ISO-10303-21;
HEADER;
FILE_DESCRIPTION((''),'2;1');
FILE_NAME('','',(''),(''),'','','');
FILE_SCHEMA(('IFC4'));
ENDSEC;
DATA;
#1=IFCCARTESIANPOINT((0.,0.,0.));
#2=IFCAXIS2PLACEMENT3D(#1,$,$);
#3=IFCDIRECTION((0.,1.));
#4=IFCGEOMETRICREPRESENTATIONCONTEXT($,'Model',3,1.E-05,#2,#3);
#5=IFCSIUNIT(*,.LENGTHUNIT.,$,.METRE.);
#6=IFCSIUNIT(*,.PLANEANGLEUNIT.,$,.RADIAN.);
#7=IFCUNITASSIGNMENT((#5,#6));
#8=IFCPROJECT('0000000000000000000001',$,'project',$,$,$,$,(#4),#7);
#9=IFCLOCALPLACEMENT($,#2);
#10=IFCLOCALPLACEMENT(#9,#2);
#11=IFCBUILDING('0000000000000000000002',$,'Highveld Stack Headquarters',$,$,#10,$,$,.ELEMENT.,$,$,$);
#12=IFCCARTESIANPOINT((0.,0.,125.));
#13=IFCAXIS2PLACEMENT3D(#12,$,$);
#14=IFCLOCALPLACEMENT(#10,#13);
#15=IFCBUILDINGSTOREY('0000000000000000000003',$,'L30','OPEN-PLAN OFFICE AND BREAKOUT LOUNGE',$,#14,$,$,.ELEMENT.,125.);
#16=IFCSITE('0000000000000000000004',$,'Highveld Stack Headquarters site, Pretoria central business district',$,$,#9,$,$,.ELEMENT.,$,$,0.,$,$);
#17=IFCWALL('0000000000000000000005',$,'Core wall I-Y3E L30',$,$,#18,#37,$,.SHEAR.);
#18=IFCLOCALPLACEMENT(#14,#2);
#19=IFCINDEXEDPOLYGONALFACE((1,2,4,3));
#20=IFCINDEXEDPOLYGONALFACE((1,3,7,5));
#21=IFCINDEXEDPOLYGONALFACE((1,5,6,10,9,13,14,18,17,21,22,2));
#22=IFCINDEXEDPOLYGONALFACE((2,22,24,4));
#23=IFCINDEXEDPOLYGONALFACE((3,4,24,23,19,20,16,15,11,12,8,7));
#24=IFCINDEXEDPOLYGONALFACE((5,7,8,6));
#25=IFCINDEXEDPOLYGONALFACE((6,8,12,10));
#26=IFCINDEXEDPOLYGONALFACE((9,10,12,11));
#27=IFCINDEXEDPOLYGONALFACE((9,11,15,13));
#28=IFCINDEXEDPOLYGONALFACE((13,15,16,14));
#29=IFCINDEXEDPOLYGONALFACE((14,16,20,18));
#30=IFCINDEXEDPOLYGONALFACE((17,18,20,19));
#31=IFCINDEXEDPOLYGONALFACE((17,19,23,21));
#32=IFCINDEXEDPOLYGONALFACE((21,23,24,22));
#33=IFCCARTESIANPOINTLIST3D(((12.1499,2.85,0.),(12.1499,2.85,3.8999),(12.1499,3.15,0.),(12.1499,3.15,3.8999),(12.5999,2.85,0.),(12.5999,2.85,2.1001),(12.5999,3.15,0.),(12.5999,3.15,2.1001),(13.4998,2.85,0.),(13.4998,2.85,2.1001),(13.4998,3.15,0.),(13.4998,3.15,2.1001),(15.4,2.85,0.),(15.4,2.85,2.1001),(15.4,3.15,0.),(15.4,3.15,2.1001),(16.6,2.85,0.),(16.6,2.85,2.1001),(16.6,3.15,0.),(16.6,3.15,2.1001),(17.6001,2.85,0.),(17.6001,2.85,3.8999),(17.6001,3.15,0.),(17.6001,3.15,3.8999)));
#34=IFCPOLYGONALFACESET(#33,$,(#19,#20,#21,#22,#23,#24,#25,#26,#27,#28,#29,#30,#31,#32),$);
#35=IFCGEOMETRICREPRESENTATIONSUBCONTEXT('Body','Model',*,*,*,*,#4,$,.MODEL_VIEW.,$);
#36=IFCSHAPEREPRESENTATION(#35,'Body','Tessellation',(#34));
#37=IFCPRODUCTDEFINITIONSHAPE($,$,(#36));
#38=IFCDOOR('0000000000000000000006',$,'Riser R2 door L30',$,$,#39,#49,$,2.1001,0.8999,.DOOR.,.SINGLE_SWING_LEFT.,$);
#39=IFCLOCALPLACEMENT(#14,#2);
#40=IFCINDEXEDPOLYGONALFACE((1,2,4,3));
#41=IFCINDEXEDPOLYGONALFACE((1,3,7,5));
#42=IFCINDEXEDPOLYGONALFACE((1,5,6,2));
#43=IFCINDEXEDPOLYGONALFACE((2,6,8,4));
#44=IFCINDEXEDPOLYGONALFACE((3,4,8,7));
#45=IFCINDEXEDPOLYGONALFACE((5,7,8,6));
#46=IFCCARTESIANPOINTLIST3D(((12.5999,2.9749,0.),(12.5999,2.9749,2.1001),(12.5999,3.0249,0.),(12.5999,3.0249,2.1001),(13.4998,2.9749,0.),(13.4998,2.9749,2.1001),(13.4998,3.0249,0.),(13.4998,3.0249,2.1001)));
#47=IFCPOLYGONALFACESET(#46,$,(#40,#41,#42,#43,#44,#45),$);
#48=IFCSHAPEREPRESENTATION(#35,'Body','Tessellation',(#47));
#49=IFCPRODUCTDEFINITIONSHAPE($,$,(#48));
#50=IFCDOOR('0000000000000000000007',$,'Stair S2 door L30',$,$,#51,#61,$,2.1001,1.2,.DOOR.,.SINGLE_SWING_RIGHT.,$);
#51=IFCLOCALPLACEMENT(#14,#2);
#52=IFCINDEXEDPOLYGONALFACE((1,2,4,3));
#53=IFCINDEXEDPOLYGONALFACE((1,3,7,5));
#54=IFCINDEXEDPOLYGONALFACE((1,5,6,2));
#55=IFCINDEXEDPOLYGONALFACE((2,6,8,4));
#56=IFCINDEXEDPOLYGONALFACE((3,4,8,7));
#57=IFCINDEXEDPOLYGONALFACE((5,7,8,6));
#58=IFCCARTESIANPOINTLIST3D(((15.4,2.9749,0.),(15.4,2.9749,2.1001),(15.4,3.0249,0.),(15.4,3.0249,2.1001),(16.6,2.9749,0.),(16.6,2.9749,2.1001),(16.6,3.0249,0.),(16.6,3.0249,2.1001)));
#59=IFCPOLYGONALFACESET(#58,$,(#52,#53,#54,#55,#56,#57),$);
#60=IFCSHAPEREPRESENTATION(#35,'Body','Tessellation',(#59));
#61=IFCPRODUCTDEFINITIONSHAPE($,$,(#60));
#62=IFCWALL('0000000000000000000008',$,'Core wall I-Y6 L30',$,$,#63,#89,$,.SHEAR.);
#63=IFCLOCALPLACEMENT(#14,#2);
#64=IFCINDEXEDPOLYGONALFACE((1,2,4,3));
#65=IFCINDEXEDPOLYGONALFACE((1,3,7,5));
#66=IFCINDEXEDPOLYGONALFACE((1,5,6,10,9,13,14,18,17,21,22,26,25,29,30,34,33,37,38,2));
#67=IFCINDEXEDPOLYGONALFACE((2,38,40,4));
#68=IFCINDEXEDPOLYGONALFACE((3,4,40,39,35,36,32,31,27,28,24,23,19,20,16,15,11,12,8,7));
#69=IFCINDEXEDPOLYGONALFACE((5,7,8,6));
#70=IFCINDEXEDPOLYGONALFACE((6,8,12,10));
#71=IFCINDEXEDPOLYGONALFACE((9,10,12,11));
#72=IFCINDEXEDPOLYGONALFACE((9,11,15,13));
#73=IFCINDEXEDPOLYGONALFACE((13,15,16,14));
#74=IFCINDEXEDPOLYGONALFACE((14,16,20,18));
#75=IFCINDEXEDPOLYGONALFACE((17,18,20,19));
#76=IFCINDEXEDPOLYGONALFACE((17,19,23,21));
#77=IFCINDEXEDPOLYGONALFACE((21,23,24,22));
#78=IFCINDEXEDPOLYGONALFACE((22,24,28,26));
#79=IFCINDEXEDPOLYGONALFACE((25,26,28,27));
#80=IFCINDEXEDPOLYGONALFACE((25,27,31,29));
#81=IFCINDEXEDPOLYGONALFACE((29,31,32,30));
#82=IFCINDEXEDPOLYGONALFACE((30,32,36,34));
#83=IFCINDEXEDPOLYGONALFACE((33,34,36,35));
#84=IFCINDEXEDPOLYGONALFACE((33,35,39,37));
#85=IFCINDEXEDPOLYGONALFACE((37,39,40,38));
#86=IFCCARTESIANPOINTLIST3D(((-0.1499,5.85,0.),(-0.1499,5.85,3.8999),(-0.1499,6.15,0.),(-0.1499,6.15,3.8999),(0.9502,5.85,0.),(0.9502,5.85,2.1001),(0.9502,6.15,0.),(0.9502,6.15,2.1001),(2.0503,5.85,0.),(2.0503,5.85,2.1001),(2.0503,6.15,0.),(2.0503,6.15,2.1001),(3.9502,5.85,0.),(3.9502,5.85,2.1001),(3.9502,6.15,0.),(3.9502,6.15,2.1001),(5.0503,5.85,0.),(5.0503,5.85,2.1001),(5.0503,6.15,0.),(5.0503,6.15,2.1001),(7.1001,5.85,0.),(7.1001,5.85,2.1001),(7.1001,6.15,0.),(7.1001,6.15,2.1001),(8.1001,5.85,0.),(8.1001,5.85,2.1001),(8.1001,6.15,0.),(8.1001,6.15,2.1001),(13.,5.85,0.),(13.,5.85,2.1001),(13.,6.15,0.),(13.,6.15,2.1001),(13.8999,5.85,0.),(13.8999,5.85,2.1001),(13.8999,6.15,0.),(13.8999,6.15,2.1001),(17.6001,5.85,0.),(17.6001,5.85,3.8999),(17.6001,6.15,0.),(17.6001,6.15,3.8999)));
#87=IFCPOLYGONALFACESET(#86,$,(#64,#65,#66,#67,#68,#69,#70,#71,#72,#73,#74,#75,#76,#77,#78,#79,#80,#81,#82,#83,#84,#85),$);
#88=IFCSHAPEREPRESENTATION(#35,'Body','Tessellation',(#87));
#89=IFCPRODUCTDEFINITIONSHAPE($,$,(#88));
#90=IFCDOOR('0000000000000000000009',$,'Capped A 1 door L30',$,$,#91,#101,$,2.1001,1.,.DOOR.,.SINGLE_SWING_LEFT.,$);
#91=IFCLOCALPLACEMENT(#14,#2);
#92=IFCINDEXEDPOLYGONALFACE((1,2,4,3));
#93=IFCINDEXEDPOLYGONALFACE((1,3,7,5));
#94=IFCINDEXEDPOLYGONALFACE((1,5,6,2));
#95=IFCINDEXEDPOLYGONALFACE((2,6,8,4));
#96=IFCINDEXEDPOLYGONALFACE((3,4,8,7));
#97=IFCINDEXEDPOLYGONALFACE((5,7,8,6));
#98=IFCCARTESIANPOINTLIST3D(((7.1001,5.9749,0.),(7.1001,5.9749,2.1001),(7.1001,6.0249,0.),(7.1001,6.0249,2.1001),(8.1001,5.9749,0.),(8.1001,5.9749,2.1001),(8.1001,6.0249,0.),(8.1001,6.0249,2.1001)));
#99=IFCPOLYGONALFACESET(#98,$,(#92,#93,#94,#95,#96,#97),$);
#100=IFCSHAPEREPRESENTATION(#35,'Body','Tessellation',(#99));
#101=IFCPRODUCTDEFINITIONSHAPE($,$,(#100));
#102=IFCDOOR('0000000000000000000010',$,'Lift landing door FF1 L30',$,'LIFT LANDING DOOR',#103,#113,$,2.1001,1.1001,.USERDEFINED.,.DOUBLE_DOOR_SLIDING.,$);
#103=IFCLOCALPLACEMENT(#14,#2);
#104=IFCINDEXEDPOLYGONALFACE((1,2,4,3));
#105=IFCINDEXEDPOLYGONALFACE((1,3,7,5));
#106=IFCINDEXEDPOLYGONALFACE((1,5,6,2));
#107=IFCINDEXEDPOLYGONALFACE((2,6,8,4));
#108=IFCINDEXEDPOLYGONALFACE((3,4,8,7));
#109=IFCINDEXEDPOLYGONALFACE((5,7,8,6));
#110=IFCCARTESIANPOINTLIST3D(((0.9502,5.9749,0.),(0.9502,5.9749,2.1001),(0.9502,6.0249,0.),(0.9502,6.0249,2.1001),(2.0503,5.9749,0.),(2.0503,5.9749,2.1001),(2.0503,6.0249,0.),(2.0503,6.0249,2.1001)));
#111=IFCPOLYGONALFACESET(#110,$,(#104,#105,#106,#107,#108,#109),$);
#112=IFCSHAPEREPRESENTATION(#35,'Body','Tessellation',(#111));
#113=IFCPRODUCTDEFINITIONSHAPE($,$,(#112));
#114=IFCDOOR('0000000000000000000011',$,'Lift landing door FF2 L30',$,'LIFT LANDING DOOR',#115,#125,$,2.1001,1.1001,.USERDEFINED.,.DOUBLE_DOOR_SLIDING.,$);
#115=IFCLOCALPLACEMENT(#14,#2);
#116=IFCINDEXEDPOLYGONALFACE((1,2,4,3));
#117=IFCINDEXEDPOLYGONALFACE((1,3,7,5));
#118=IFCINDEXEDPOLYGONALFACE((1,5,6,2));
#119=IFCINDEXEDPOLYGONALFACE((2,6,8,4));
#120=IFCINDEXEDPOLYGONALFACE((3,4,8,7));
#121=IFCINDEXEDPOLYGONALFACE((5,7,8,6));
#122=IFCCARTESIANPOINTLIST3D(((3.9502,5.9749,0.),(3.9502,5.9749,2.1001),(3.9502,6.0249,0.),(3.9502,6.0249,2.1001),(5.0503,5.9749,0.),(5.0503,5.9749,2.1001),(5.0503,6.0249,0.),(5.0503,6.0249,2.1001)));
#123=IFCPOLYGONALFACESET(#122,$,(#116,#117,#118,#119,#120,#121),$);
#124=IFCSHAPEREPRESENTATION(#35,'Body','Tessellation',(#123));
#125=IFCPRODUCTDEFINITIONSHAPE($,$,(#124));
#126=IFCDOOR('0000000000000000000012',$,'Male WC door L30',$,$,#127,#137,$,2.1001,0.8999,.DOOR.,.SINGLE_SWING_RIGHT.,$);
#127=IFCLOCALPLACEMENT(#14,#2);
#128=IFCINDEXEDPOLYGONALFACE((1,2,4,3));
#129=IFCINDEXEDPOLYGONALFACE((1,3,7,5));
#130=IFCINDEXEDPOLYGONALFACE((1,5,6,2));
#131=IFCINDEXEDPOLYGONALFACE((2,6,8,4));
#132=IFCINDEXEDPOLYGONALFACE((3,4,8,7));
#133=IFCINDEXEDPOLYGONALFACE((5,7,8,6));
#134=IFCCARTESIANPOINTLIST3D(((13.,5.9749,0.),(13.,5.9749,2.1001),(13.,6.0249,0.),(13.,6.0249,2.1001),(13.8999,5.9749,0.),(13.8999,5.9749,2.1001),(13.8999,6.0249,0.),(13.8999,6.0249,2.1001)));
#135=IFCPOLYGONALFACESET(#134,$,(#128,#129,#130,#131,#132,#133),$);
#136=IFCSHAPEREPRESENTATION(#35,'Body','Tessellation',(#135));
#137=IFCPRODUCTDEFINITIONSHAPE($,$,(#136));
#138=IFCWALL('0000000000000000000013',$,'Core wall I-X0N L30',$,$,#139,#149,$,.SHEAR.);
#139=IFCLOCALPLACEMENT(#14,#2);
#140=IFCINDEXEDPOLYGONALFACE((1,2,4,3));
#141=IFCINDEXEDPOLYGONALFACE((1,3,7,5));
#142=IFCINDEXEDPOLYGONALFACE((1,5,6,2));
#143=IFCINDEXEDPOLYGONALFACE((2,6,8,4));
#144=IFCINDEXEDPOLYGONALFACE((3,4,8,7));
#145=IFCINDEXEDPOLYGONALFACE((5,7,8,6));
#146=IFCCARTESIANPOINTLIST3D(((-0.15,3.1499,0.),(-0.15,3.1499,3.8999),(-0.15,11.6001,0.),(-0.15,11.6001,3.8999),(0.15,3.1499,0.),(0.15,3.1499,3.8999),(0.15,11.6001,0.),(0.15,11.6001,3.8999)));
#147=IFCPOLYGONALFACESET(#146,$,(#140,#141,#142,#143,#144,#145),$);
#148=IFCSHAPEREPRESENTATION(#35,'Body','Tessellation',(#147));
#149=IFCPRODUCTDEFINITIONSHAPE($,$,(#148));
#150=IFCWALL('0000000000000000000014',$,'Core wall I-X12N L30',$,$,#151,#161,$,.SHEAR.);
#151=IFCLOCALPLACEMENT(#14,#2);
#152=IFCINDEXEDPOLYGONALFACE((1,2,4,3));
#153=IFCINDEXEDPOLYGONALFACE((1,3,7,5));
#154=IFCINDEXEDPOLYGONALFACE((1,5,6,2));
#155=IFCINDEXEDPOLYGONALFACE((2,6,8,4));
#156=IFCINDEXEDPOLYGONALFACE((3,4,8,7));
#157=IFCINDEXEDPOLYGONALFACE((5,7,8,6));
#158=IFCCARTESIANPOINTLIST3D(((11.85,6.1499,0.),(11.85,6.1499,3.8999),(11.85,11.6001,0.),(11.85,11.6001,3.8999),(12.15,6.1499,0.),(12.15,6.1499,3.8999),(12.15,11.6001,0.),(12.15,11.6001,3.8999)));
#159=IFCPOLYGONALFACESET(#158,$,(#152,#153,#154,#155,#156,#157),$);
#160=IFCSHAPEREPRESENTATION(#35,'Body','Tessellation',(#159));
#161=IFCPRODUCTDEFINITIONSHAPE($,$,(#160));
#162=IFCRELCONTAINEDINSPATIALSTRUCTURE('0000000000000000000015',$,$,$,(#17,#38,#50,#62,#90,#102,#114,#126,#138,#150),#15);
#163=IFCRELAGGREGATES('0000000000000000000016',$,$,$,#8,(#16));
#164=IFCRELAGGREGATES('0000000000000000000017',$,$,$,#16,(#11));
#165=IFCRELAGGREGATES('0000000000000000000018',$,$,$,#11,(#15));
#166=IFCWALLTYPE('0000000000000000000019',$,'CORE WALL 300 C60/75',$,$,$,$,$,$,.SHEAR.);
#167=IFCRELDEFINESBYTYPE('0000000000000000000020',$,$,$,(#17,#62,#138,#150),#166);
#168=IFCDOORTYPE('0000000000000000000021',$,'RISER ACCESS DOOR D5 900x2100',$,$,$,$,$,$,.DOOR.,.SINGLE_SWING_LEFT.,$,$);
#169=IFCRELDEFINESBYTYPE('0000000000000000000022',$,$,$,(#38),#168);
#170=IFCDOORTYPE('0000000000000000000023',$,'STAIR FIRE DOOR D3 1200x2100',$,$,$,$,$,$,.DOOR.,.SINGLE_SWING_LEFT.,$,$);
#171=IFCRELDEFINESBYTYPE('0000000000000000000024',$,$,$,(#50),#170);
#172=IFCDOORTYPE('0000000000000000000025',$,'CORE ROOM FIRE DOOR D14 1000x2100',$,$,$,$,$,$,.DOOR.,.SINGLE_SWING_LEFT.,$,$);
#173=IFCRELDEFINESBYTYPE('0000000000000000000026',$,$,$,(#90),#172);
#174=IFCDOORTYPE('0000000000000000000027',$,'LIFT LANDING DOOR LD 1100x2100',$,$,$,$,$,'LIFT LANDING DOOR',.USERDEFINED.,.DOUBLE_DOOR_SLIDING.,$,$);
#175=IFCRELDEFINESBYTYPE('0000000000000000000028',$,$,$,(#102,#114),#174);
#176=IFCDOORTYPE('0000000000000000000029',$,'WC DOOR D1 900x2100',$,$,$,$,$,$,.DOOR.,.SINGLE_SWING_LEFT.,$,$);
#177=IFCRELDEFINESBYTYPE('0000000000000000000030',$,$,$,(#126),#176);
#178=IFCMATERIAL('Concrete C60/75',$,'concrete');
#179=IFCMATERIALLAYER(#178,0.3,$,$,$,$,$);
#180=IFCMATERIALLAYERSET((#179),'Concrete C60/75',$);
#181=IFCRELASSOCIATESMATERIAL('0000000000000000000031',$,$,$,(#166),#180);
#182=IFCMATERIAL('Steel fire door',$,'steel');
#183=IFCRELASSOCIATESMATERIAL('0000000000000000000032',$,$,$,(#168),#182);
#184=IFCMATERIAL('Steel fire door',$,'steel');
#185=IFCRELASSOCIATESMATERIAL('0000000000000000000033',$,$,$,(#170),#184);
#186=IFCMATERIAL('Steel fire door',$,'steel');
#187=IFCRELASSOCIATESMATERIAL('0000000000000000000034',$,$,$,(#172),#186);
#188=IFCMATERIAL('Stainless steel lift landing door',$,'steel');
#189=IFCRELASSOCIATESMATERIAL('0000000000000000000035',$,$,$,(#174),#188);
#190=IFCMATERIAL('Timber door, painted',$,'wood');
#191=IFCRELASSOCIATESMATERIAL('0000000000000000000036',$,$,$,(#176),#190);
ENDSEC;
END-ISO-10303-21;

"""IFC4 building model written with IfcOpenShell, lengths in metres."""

from ifc_helpers import new_model, si_unit, direction, frame, frame_2d, origin, place, context, subcontext, project, spatial, rectangle, extrude, material, layer, layer_set, type_object, element, fill, save


model = new_model("IFC4")

# Units and contexts
model_context = context("Model", 3, precision=1e-05, world=origin(), true_north=direction((0.0, 1.0)))
body_context = subcontext(model_context, "Body", "Model", "MODEL_VIEW")
ifc_project = project(units=[si_unit("LENGTHUNIT", "METRE"), si_unit("PLANEANGLEUNIT", "RADIAN")], contexts=[model_context])

# Site, building, storey
site_placement = place(None, origin())
site = spatial("IfcSite", under=ifc_project, at=site_placement, Name="Highveld Stack Headquarters site, Pretoria central business district", CompositionType="ELEMENT", RefElevation=0.0)
building_placement = place(site_placement, origin())
building = spatial("IfcBuilding", under=site, at=building_placement, Name="Highveld Stack Headquarters", CompositionType="ELEMENT")
storey_placement = place(building_placement, frame((0.0, 0.0, 125.0)))
storey = spatial("IfcBuildingStorey", under=building, at=storey_placement, Name="L30", Description="OPEN-PLAN OFFICE AND BREAKOUT LOUNGE", CompositionType="ELEMENT", Elevation=125.0)

# Walls, openings, doors
ifc_material_1 = material(Name="Concrete C60/75", Category="concrete")
ifc_layer_1 = layer(ifc_material_1, 0.3)
ifc_layer_set_1 = layer_set([ifc_layer_1], Name="Concrete C60/75")
wall_type_1 = type_object("IfcWallType", Name="CORE WALL 300 C60/75", PredefinedType="SHEAR", material=ifc_layer_set_1)
wall_1_placement = place(storey_placement, frame((12.1499, 3.0, 0.0), z_axis=(0.0, 0.0, 1.0), x_axis=(1.0, 0.0, 0.0)))
wall_1 = element("IfcWall", 1, at=wall_1_placement, inside=storey, type_object=wall_type_1, Name="Core wall I-Y3E L30", PredefinedType="SHEAR", context=body_context, shape_type="SweptSolid", body=[
    extrude(rectangle(XDim=5.4502, YDim=0.3, at=frame_2d((2.7251, 0.0))), origin(), (0.0, 0.0, 1.0), 3.8999),
])
opening_1_placement = place(wall_1_placement, frame((3.25, 0.0, 0.0)))
opening_1 = element("IfcOpeningElement", 2, at=opening_1_placement, cuts=wall_1, PredefinedType="OPENING", context=body_context, shape_type="SweptSolid", body=[
    extrude(rectangle(XDim=1.2, YDim=2.1001, at=frame_2d((0.6001, 1.05))), frame((0.0, 0.1599, 0.0), z_axis=(0.0, -1.0, 0.0), x_axis=(1.0, 0.0, 0.0)), (0.0, 0.0, 1.0), 0.3201),
])
opening_2_placement = place(wall_1_placement, frame((0.45, 0.0, 0.0)))
opening_2 = element("IfcOpeningElement", 3, at=opening_2_placement, cuts=wall_1, PredefinedType="OPENING", context=body_context, shape_type="SweptSolid", body=[
    extrude(rectangle(XDim=0.8999, YDim=2.1001, at=frame_2d((0.45, 1.05))), frame((0.0, 0.1599, 0.0), z_axis=(0.0, -1.0, 0.0), x_axis=(1.0, 0.0, 0.0)), (0.0, 0.0, 1.0), 0.3201),
])
ifc_material_2 = material(Name="Steel fire door", Category="steel")
door_type_1 = type_object("IfcDoorType", Name="RISER ACCESS DOOR D5 900x2100", OperationType="SINGLE_SWING_LEFT", PredefinedType="DOOR", material=ifc_material_2)
door_1_placement = place(opening_2_placement, origin())
door_1 = element("IfcDoor", 4, at=door_1_placement, inside=storey, type_object=door_type_1, Name="Riser R2 door L30", OperationType="SINGLE_SWING_LEFT", OverallHeight=2.1001, OverallWidth=0.8999, PredefinedType="DOOR", context=body_context, shape_type="SweptSolid", body=[
    extrude(rectangle(XDim=0.8999, YDim=2.1001, at=frame_2d((0.45, 1.05))), frame((0.0, 0.0249, 0.0), z_axis=(0.0, -1.0, 0.0), x_axis=(1.0, 0.0, 0.0)), (0.0, 0.0, 1.0), 0.05),
])
fill(opening_2, door_1)
ifc_material_3 = material(Name="Steel fire door", Category="steel")
door_type_2 = type_object("IfcDoorType", Name="STAIR FIRE DOOR D3 1200x2100", OperationType="SINGLE_SWING_LEFT", PredefinedType="DOOR", material=ifc_material_3)
door_2_placement = place(opening_1_placement, origin())
door_2 = element("IfcDoor", 5, at=door_2_placement, inside=storey, type_object=door_type_2, Name="Stair S2 door L30", OperationType="SINGLE_SWING_RIGHT", OverallHeight=2.1001, OverallWidth=1.2, PredefinedType="DOOR", context=body_context, shape_type="SweptSolid", body=[
    extrude(rectangle(XDim=1.2, YDim=2.1001, at=frame_2d((0.6001, 1.05))), frame((0.0, 0.0249, 0.0), z_axis=(0.0, -1.0, 0.0), x_axis=(1.0, 0.0, 0.0)), (0.0, 0.0, 1.0), 0.05),
])
fill(opening_1, door_2)
wall_2_placement = place(storey_placement, frame((-0.1499, 6.0, 0.0), z_axis=(0.0, 0.0, 1.0), x_axis=(1.0, 0.0, 0.0)))
wall_2 = element("IfcWall", 6, at=wall_2_placement, inside=storey, type_object=wall_type_1, Name="Core wall I-Y6 L30", PredefinedType="SHEAR", context=body_context, shape_type="SweptSolid", body=[
    extrude(rectangle(XDim=17.75, YDim=0.3, at=frame_2d((8.875, 0.0))), origin(), (0.0, 0.0, 1.0), 3.8999),
])
opening_3_placement = place(wall_2_placement, frame((13.1499, 0.0, 0.0)))
opening_3 = element("IfcOpeningElement", 7, at=opening_3_placement, cuts=wall_2, PredefinedType="OPENING", context=body_context, shape_type="SweptSolid", body=[
    extrude(rectangle(XDim=0.8999, YDim=2.1001, at=frame_2d((0.45, 1.05))), frame((0.0, 0.1599, 0.0), z_axis=(0.0, -1.0, 0.0), x_axis=(1.0, 0.0, 0.0)), (0.0, 0.0, 1.0), 0.3201),
])
opening_4_placement = place(wall_2_placement, frame((7.25, 0.0, 0.0)))
opening_4 = element("IfcOpeningElement", 8, at=opening_4_placement, cuts=wall_2, PredefinedType="OPENING", context=body_context, shape_type="SweptSolid", body=[
    extrude(rectangle(XDim=1.0, YDim=2.1001, at=frame_2d((0.5, 1.05))), frame((0.0, 0.1599, 0.0), z_axis=(0.0, -1.0, 0.0), x_axis=(1.0, 0.0, 0.0)), (0.0, 0.0, 1.0), 0.3201),
])
opening_5_placement = place(wall_2_placement, frame((1.1001, 0.0, 0.0)))
opening_5 = element("IfcOpeningElement", 9, at=opening_5_placement, cuts=wall_2, PredefinedType="OPENING", context=body_context, shape_type="SweptSolid", body=[
    extrude(rectangle(XDim=1.1001, YDim=2.1001, at=frame_2d((0.55, 1.05))), frame((0.0, 0.1599, 0.0), z_axis=(0.0, -1.0, 0.0), x_axis=(1.0, 0.0, 0.0)), (0.0, 0.0, 1.0), 0.3201),
])
opening_6_placement = place(wall_2_placement, frame((4.1001, 0.0, 0.0)))
opening_6 = element("IfcOpeningElement", 10, at=opening_6_placement, cuts=wall_2, PredefinedType="OPENING", context=body_context, shape_type="SweptSolid", body=[
    extrude(rectangle(XDim=1.1001, YDim=2.1001, at=frame_2d((0.55, 1.05))), frame((0.0, 0.1599, 0.0), z_axis=(0.0, -1.0, 0.0), x_axis=(1.0, 0.0, 0.0)), (0.0, 0.0, 1.0), 0.3201),
])
ifc_material_4 = material(Name="Steel fire door", Category="steel")
door_type_3 = type_object("IfcDoorType", Name="CORE ROOM FIRE DOOR D14 1000x2100", OperationType="SINGLE_SWING_LEFT", PredefinedType="DOOR", material=ifc_material_4)
door_3_placement = place(opening_4_placement, origin())
door_3 = element("IfcDoor", 11, at=door_3_placement, inside=storey, type_object=door_type_3, Name="Capped A 1 door L30", OperationType="SINGLE_SWING_LEFT", OverallHeight=2.1001, OverallWidth=1.0, PredefinedType="DOOR", context=body_context, shape_type="SweptSolid", body=[
    extrude(rectangle(XDim=1.0, YDim=2.1001, at=frame_2d((0.5, 1.05))), frame((0.0, 0.0249, 0.0), z_axis=(0.0, -1.0, 0.0), x_axis=(1.0, 0.0, 0.0)), (0.0, 0.0, 1.0), 0.05),
])
fill(opening_4, door_3)
ifc_material_5 = material(Name="Stainless steel lift landing door", Category="steel")
door_type_4 = type_object("IfcDoorType", Name="LIFT LANDING DOOR LD 1100x2100", ElementType="LIFT LANDING DOOR", OperationType="DOUBLE_DOOR_SLIDING", PredefinedType="USERDEFINED", material=ifc_material_5)
door_4_placement = place(opening_5_placement, origin())
door_4 = element("IfcDoor", 12, at=door_4_placement, inside=storey, type_object=door_type_4, Name="Lift landing door FF1 L30", ObjectType="LIFT LANDING DOOR", OperationType="DOUBLE_DOOR_SLIDING", OverallHeight=2.1001, OverallWidth=1.1001, PredefinedType="USERDEFINED", context=body_context, shape_type="SweptSolid", body=[
    extrude(rectangle(XDim=1.1001, YDim=2.1001, at=frame_2d((0.55, 1.05))), frame((0.0, 0.0249, 0.0), z_axis=(0.0, -1.0, 0.0), x_axis=(1.0, 0.0, 0.0)), (0.0, 0.0, 1.0), 0.05),
])
fill(opening_5, door_4)
door_5_placement = place(opening_6_placement, origin())
door_5 = element("IfcDoor", 13, at=door_5_placement, inside=storey, type_object=door_type_4, Name="Lift landing door FF2 L30", ObjectType="LIFT LANDING DOOR", OperationType="DOUBLE_DOOR_SLIDING", OverallHeight=2.1001, OverallWidth=1.1001, PredefinedType="USERDEFINED", context=body_context, shape_type="SweptSolid", body=[
    extrude(rectangle(XDim=1.1001, YDim=2.1001, at=frame_2d((0.55, 1.05))), frame((0.0, 0.0249, 0.0), z_axis=(0.0, -1.0, 0.0), x_axis=(1.0, 0.0, 0.0)), (0.0, 0.0, 1.0), 0.05),
])
fill(opening_6, door_5)
ifc_material_6 = material(Name="Timber door, painted", Category="wood")
door_type_5 = type_object("IfcDoorType", Name="WC DOOR D1 900x2100", OperationType="SINGLE_SWING_LEFT", PredefinedType="DOOR", material=ifc_material_6)
door_6_placement = place(opening_3_placement, origin())
door_6 = element("IfcDoor", 14, at=door_6_placement, inside=storey, type_object=door_type_5, Name="Male WC door L30", OperationType="SINGLE_SWING_RIGHT", OverallHeight=2.1001, OverallWidth=0.8999, PredefinedType="DOOR", context=body_context, shape_type="SweptSolid", body=[
    extrude(rectangle(XDim=0.8999, YDim=2.1001, at=frame_2d((0.45, 1.05))), frame((0.0, 0.0249, 0.0), z_axis=(0.0, -1.0, 0.0), x_axis=(1.0, 0.0, 0.0)), (0.0, 0.0, 1.0), 0.05),
])
fill(opening_3, door_6)

# Walls
wall_3_placement = place(storey_placement, frame((0.0, 3.1499, 0.0), z_axis=(0.0, 0.0, 1.0), x_axis=(0.0, 1.0, 0.0)))
element("IfcWall", 15, at=wall_3_placement, inside=storey, type_object=wall_type_1, Name="Core wall I-X0N L30", PredefinedType="SHEAR", context=body_context, shape_type="SweptSolid", body=[
    extrude(rectangle(XDim=8.4502, YDim=0.3, at=frame_2d((4.2251, 0.0))), origin(), (0.0, 0.0, 1.0), 3.8999),
])
wall_4_placement = place(storey_placement, frame((12.0, 6.1499, 0.0), z_axis=(0.0, 0.0, 1.0), x_axis=(0.0, 1.0, 0.0)))
element("IfcWall", 16, at=wall_4_placement, inside=storey, type_object=wall_type_1, Name="Core wall I-X12N L30", PredefinedType="SHEAR", context=body_context, shape_type="SweptSolid", body=[
    extrude(rectangle(XDim=5.4502, YDim=0.3, at=frame_2d((2.7251, 0.0))), origin(), (0.0, 0.0, 1.0), 3.8999),
])

save(model, "model.ifc")
